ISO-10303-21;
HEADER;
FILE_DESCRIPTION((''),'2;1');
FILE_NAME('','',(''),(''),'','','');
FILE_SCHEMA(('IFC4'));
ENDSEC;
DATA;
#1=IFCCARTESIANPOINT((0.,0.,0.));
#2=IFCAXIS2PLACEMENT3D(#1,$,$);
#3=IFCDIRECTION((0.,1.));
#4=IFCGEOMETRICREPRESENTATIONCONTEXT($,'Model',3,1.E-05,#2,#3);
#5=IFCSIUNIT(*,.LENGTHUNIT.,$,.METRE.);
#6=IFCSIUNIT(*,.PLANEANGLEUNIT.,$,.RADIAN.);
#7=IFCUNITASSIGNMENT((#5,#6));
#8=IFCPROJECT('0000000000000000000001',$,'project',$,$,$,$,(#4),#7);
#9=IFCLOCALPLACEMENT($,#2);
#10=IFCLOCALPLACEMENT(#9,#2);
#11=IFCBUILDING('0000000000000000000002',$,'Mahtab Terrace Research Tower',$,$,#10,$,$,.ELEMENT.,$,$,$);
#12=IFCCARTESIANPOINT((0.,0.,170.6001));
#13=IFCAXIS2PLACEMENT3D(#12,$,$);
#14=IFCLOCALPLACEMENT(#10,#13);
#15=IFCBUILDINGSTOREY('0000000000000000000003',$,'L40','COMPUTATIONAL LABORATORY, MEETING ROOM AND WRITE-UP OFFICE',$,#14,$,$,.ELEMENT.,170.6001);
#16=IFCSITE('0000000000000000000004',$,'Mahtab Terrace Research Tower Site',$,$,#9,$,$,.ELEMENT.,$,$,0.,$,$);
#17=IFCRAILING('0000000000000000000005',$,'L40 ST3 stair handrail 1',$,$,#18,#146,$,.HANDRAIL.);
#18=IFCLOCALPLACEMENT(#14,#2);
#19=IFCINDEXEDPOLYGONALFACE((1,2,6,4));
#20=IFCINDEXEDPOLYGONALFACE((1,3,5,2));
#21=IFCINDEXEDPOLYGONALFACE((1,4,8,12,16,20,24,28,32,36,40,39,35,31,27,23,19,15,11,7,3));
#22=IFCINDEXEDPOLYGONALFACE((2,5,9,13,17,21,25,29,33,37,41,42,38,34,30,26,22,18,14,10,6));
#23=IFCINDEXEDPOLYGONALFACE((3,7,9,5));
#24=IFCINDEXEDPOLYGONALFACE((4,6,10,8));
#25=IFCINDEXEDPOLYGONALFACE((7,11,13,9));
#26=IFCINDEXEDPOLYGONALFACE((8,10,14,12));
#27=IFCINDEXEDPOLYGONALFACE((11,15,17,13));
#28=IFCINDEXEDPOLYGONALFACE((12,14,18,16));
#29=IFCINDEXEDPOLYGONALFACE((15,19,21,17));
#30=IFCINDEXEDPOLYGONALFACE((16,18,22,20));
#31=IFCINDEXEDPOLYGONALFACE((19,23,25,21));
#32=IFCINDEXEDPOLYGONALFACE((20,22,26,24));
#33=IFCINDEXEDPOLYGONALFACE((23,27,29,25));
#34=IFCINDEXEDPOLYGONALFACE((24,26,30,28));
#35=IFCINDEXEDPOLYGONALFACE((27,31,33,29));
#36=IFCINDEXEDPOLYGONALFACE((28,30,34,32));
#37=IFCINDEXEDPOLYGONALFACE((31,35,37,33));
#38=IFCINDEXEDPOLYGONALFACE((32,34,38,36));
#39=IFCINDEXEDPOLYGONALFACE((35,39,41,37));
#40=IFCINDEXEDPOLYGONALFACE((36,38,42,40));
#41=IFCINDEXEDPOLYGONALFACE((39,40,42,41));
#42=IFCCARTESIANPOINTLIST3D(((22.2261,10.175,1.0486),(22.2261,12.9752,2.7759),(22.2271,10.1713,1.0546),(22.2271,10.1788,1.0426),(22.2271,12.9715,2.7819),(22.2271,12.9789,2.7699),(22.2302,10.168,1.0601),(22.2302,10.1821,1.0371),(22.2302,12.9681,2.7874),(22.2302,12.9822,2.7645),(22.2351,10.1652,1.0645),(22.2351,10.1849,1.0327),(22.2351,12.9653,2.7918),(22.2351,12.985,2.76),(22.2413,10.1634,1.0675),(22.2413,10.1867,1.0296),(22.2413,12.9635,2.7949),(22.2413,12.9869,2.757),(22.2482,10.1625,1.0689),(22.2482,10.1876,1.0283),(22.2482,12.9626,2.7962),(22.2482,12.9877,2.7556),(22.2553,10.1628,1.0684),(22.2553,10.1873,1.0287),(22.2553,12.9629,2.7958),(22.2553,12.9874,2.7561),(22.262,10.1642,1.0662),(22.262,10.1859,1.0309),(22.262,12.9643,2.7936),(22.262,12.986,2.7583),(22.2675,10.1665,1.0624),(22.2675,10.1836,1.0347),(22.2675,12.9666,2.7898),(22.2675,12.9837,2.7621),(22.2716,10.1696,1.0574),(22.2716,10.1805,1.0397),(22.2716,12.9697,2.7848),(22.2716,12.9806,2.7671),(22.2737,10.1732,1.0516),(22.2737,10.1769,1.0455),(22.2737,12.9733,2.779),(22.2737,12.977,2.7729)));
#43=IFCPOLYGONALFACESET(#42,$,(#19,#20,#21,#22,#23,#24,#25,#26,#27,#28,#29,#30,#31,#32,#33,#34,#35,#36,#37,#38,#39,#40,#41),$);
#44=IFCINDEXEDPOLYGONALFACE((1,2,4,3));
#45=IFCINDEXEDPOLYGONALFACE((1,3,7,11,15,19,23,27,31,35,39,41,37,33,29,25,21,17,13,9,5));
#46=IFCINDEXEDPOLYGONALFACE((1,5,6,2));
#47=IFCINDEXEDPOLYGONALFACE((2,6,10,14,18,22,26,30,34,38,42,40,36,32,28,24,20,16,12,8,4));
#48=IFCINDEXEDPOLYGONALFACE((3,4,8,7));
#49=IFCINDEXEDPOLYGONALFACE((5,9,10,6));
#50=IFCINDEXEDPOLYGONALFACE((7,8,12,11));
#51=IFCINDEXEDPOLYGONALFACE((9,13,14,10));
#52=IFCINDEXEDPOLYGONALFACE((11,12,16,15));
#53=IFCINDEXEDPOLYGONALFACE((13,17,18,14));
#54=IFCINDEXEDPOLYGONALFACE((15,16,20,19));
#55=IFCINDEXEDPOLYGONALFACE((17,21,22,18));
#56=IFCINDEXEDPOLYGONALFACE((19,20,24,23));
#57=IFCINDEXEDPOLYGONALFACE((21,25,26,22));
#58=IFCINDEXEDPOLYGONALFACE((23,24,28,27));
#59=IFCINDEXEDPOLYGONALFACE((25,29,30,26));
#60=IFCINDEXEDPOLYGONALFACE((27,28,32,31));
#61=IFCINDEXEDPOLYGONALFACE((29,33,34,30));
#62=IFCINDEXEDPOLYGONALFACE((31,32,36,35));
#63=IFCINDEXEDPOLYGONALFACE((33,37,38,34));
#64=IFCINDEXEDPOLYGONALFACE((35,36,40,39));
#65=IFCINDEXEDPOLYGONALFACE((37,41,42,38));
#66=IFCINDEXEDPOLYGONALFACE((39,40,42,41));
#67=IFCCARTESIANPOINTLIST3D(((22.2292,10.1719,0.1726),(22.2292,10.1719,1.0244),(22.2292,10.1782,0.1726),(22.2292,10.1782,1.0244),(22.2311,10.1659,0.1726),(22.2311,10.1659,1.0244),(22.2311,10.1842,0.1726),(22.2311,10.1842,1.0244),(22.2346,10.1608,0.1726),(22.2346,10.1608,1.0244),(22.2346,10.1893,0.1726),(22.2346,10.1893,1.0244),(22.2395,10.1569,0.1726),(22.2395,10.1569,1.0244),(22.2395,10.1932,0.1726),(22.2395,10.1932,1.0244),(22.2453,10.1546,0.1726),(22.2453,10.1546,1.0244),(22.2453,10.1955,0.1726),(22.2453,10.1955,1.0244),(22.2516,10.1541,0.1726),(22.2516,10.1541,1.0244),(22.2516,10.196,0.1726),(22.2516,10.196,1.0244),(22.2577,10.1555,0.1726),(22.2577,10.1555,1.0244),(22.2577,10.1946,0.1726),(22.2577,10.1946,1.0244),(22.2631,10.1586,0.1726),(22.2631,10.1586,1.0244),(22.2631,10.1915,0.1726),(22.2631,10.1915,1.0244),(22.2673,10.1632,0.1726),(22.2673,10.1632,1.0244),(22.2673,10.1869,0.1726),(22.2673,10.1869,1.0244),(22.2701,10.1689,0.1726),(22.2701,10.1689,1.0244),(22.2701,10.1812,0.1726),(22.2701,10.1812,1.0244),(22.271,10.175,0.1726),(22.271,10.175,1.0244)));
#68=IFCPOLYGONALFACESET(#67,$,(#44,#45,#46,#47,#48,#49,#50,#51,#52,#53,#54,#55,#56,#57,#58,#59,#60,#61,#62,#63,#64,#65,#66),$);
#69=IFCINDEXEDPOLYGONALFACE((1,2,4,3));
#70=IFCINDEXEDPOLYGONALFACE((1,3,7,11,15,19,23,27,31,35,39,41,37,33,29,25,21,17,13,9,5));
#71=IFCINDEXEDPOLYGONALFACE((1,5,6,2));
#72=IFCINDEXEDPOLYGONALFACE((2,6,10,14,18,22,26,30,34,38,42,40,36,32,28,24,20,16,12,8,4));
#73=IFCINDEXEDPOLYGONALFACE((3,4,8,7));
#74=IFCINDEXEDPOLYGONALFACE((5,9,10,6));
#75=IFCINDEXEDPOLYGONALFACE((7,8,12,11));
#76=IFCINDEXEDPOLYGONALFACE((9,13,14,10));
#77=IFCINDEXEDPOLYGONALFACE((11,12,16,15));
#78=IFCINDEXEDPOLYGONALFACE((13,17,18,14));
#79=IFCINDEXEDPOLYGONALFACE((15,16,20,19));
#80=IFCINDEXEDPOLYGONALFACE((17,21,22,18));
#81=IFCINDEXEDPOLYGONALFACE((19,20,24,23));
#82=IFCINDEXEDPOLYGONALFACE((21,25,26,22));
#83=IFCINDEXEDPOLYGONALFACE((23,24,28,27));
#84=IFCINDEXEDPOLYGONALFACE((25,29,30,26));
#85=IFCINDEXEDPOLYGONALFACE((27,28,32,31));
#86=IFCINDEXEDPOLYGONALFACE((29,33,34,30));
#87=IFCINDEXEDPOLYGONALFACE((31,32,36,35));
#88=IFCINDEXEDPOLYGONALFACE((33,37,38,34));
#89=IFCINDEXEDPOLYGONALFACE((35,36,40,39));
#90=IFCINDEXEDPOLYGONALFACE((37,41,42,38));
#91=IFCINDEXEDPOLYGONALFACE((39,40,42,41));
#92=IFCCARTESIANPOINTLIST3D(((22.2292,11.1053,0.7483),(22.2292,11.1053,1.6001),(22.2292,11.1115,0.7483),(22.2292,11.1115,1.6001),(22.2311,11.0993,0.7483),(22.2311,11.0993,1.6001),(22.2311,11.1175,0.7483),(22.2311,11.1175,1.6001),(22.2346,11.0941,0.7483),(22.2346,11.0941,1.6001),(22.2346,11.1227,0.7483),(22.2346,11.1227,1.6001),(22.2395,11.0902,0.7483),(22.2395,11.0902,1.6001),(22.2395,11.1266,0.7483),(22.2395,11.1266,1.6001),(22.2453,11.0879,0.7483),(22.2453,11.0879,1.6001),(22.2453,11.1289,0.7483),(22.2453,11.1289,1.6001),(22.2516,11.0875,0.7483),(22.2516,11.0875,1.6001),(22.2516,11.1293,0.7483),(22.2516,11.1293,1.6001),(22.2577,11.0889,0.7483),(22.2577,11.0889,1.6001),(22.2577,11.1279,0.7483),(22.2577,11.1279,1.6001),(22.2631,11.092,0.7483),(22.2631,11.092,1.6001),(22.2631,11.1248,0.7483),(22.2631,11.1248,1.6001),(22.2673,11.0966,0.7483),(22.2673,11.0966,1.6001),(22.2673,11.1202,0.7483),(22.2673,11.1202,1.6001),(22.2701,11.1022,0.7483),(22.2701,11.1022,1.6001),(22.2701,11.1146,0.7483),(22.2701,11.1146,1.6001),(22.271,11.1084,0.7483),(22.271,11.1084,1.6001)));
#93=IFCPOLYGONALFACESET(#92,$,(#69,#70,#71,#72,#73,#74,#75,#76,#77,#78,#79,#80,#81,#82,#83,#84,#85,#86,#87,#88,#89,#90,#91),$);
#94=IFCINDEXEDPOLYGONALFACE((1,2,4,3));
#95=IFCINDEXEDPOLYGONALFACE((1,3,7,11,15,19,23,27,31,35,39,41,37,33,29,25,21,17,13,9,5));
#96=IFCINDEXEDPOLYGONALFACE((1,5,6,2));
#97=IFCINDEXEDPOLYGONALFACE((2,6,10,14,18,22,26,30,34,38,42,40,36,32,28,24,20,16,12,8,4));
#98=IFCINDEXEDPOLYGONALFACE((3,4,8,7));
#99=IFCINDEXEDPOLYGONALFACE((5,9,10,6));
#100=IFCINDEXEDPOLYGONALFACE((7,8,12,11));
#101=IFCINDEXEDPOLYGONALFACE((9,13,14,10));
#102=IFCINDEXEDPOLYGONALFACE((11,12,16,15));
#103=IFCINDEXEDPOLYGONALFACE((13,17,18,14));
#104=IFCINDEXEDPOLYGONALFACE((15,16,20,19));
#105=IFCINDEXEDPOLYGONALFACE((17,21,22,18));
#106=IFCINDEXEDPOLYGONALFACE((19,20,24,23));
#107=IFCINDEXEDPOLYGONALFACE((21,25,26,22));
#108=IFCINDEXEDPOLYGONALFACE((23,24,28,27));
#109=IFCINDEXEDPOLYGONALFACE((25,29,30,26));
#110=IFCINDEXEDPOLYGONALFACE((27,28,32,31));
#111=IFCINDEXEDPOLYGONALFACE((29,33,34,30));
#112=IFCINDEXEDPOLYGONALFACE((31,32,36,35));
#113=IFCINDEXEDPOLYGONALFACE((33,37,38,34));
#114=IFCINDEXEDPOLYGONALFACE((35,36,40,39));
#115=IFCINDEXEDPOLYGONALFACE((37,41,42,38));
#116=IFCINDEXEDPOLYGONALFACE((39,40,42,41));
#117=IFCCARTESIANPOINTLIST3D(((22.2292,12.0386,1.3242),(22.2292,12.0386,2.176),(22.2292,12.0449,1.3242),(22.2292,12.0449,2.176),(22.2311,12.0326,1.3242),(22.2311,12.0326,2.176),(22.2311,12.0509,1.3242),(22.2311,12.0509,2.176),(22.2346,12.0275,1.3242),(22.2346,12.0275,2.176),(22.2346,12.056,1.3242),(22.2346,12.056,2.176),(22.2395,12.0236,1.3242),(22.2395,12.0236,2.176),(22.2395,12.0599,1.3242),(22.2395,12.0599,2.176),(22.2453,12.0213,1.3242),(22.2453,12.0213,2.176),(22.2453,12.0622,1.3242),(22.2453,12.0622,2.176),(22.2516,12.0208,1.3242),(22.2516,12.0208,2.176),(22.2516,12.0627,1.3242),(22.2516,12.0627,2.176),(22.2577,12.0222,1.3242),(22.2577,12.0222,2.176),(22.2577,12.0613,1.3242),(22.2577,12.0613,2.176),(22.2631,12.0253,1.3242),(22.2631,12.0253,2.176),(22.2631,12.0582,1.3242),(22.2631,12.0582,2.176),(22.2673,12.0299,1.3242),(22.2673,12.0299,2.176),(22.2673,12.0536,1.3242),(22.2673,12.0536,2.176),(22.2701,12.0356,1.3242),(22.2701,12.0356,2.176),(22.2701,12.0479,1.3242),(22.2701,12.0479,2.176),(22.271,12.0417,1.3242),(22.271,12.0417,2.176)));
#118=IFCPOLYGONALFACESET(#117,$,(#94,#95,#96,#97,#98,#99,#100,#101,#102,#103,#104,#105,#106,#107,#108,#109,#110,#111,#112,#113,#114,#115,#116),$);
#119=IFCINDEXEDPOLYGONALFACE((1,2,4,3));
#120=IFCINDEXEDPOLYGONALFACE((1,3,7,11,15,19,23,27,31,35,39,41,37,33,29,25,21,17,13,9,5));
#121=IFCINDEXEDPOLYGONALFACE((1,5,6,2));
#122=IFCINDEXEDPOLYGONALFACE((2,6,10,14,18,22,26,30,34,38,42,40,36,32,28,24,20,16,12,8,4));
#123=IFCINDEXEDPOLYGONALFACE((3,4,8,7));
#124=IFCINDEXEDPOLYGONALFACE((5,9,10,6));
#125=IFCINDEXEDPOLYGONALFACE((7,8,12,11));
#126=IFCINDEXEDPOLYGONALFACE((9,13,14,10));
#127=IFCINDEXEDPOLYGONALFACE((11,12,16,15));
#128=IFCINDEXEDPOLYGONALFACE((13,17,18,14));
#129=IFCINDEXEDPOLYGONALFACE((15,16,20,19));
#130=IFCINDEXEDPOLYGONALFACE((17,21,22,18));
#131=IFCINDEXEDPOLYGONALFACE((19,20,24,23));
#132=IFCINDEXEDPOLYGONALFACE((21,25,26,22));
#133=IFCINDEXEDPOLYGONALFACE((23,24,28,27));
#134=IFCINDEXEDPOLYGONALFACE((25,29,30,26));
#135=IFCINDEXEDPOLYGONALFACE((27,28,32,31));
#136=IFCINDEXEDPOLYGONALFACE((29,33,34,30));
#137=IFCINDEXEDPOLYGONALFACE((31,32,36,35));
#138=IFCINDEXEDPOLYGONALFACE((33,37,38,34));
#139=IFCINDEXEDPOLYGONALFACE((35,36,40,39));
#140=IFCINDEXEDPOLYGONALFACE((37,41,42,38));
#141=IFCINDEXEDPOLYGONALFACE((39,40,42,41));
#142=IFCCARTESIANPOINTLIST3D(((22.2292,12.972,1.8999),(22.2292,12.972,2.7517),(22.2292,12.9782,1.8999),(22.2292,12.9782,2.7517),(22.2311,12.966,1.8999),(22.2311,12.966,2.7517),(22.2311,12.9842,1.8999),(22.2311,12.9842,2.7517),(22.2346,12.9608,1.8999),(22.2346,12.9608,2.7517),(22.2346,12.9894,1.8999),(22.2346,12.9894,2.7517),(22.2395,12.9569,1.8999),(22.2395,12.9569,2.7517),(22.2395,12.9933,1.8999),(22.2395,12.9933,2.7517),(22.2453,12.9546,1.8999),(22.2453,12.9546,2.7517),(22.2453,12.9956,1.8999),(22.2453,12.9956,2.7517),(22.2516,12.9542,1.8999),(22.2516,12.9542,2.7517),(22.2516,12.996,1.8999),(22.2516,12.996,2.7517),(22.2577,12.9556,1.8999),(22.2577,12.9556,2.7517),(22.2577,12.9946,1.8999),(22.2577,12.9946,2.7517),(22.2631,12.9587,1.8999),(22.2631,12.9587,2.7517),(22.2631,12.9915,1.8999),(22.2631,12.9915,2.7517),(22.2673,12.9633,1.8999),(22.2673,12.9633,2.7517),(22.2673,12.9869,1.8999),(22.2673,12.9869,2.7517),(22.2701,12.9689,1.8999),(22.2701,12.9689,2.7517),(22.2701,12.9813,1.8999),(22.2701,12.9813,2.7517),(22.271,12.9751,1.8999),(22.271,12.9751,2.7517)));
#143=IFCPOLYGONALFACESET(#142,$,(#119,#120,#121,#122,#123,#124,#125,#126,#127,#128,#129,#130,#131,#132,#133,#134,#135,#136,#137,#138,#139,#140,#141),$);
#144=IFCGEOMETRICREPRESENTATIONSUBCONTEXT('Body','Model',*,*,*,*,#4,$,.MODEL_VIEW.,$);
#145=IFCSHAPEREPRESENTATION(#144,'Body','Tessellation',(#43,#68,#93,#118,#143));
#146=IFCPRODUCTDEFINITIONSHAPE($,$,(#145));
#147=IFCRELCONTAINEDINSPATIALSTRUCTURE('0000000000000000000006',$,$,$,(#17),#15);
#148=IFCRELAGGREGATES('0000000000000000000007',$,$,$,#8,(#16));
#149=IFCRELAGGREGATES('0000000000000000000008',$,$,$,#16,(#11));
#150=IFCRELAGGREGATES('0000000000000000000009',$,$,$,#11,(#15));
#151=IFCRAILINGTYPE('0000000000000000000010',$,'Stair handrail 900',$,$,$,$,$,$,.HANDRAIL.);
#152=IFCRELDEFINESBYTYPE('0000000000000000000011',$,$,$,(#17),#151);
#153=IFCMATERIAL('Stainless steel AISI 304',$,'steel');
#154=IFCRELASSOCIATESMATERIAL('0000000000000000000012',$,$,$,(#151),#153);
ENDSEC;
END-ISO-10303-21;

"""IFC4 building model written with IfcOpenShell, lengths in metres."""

from ifc_helpers import new_model, si_unit, direction, frame, origin, origin_2d, place, context, subcontext, project, spatial, circle, extrude, material, type_object, element, save


model = new_model("IFC4")

# Units and contexts
model_context = context("Model", 3, precision=1e-05, world=origin(), true_north=direction((0.0, 1.0)))
body_context = subcontext(model_context, "Body", "Model", "MODEL_VIEW")
ifc_project = project(units=[si_unit("LENGTHUNIT", "METRE"), si_unit("PLANEANGLEUNIT", "RADIAN")], contexts=[model_context])

# Site, building, storey
site_placement = place(None, origin())
site = spatial("IfcSite", under=ifc_project, at=site_placement, Name="Mahtab Terrace Research Tower Site", CompositionType="ELEMENT", RefElevation=0.0)
building_placement = place(site_placement, origin())
building = spatial("IfcBuilding", under=site, at=building_placement, Name="Mahtab Terrace Research Tower", CompositionType="ELEMENT")
storey_placement = place(building_placement, frame((0.0, 0.0, 170.6001)))
storey = spatial("IfcBuildingStorey", under=building, at=storey_placement, Name="L40", Description="COMPUTATIONAL LABORATORY, MEETING ROOM AND WRITE-UP OFFICE", CompositionType="ELEMENT", Elevation=170.6001)

# Shared definitions
ifc_material_1 = material(Name="Stainless steel AISI 304", Category="steel")

# Railing
railing_type_1 = type_object("IfcRailingType", Name="Stair handrail 900", PredefinedType="HANDRAIL", material=ifc_material_1)
railing_1_placement = place(storey_placement, frame((22.25, 10.175, 0.1726)))
element("IfcRailing", 1, at=railing_1_placement, inside=storey, type_object=railing_type_1, Name="L40 ST3 stair handrail 1", PredefinedType="HANDRAIL", context=body_context, shape_type="SweptSolid", body=[
    extrude(circle(Radius=0.0239, at=origin_2d()), frame((0.0, 0.0, 0.876), z_axis=(0.0, 0.85109, 0.52502), x_axis=(-1.0, 0.0, 0.0)), (0.0, 0.0, 1.0), 3.29),
    extrude(circle(Radius=0.021, at=origin_2d()), origin(), (0.0, 0.0, 1.0), 0.8518),
    extrude(circle(Radius=0.021, at=origin_2d()), frame((0.0, 0.9333, 0.5757)), (0.0, 0.0, 1.0), 0.8518),
    extrude(circle(Radius=0.021, at=origin_2d()), frame((0.0, 1.8667, 1.1516)), (0.0, 0.0, 1.0), 0.8518),
    extrude(circle(Radius=0.021, at=origin_2d()), frame((0.0, 2.8, 1.7273)), (0.0, 0.0, 1.0), 0.8518),
])

save(model, "model.ifc")
